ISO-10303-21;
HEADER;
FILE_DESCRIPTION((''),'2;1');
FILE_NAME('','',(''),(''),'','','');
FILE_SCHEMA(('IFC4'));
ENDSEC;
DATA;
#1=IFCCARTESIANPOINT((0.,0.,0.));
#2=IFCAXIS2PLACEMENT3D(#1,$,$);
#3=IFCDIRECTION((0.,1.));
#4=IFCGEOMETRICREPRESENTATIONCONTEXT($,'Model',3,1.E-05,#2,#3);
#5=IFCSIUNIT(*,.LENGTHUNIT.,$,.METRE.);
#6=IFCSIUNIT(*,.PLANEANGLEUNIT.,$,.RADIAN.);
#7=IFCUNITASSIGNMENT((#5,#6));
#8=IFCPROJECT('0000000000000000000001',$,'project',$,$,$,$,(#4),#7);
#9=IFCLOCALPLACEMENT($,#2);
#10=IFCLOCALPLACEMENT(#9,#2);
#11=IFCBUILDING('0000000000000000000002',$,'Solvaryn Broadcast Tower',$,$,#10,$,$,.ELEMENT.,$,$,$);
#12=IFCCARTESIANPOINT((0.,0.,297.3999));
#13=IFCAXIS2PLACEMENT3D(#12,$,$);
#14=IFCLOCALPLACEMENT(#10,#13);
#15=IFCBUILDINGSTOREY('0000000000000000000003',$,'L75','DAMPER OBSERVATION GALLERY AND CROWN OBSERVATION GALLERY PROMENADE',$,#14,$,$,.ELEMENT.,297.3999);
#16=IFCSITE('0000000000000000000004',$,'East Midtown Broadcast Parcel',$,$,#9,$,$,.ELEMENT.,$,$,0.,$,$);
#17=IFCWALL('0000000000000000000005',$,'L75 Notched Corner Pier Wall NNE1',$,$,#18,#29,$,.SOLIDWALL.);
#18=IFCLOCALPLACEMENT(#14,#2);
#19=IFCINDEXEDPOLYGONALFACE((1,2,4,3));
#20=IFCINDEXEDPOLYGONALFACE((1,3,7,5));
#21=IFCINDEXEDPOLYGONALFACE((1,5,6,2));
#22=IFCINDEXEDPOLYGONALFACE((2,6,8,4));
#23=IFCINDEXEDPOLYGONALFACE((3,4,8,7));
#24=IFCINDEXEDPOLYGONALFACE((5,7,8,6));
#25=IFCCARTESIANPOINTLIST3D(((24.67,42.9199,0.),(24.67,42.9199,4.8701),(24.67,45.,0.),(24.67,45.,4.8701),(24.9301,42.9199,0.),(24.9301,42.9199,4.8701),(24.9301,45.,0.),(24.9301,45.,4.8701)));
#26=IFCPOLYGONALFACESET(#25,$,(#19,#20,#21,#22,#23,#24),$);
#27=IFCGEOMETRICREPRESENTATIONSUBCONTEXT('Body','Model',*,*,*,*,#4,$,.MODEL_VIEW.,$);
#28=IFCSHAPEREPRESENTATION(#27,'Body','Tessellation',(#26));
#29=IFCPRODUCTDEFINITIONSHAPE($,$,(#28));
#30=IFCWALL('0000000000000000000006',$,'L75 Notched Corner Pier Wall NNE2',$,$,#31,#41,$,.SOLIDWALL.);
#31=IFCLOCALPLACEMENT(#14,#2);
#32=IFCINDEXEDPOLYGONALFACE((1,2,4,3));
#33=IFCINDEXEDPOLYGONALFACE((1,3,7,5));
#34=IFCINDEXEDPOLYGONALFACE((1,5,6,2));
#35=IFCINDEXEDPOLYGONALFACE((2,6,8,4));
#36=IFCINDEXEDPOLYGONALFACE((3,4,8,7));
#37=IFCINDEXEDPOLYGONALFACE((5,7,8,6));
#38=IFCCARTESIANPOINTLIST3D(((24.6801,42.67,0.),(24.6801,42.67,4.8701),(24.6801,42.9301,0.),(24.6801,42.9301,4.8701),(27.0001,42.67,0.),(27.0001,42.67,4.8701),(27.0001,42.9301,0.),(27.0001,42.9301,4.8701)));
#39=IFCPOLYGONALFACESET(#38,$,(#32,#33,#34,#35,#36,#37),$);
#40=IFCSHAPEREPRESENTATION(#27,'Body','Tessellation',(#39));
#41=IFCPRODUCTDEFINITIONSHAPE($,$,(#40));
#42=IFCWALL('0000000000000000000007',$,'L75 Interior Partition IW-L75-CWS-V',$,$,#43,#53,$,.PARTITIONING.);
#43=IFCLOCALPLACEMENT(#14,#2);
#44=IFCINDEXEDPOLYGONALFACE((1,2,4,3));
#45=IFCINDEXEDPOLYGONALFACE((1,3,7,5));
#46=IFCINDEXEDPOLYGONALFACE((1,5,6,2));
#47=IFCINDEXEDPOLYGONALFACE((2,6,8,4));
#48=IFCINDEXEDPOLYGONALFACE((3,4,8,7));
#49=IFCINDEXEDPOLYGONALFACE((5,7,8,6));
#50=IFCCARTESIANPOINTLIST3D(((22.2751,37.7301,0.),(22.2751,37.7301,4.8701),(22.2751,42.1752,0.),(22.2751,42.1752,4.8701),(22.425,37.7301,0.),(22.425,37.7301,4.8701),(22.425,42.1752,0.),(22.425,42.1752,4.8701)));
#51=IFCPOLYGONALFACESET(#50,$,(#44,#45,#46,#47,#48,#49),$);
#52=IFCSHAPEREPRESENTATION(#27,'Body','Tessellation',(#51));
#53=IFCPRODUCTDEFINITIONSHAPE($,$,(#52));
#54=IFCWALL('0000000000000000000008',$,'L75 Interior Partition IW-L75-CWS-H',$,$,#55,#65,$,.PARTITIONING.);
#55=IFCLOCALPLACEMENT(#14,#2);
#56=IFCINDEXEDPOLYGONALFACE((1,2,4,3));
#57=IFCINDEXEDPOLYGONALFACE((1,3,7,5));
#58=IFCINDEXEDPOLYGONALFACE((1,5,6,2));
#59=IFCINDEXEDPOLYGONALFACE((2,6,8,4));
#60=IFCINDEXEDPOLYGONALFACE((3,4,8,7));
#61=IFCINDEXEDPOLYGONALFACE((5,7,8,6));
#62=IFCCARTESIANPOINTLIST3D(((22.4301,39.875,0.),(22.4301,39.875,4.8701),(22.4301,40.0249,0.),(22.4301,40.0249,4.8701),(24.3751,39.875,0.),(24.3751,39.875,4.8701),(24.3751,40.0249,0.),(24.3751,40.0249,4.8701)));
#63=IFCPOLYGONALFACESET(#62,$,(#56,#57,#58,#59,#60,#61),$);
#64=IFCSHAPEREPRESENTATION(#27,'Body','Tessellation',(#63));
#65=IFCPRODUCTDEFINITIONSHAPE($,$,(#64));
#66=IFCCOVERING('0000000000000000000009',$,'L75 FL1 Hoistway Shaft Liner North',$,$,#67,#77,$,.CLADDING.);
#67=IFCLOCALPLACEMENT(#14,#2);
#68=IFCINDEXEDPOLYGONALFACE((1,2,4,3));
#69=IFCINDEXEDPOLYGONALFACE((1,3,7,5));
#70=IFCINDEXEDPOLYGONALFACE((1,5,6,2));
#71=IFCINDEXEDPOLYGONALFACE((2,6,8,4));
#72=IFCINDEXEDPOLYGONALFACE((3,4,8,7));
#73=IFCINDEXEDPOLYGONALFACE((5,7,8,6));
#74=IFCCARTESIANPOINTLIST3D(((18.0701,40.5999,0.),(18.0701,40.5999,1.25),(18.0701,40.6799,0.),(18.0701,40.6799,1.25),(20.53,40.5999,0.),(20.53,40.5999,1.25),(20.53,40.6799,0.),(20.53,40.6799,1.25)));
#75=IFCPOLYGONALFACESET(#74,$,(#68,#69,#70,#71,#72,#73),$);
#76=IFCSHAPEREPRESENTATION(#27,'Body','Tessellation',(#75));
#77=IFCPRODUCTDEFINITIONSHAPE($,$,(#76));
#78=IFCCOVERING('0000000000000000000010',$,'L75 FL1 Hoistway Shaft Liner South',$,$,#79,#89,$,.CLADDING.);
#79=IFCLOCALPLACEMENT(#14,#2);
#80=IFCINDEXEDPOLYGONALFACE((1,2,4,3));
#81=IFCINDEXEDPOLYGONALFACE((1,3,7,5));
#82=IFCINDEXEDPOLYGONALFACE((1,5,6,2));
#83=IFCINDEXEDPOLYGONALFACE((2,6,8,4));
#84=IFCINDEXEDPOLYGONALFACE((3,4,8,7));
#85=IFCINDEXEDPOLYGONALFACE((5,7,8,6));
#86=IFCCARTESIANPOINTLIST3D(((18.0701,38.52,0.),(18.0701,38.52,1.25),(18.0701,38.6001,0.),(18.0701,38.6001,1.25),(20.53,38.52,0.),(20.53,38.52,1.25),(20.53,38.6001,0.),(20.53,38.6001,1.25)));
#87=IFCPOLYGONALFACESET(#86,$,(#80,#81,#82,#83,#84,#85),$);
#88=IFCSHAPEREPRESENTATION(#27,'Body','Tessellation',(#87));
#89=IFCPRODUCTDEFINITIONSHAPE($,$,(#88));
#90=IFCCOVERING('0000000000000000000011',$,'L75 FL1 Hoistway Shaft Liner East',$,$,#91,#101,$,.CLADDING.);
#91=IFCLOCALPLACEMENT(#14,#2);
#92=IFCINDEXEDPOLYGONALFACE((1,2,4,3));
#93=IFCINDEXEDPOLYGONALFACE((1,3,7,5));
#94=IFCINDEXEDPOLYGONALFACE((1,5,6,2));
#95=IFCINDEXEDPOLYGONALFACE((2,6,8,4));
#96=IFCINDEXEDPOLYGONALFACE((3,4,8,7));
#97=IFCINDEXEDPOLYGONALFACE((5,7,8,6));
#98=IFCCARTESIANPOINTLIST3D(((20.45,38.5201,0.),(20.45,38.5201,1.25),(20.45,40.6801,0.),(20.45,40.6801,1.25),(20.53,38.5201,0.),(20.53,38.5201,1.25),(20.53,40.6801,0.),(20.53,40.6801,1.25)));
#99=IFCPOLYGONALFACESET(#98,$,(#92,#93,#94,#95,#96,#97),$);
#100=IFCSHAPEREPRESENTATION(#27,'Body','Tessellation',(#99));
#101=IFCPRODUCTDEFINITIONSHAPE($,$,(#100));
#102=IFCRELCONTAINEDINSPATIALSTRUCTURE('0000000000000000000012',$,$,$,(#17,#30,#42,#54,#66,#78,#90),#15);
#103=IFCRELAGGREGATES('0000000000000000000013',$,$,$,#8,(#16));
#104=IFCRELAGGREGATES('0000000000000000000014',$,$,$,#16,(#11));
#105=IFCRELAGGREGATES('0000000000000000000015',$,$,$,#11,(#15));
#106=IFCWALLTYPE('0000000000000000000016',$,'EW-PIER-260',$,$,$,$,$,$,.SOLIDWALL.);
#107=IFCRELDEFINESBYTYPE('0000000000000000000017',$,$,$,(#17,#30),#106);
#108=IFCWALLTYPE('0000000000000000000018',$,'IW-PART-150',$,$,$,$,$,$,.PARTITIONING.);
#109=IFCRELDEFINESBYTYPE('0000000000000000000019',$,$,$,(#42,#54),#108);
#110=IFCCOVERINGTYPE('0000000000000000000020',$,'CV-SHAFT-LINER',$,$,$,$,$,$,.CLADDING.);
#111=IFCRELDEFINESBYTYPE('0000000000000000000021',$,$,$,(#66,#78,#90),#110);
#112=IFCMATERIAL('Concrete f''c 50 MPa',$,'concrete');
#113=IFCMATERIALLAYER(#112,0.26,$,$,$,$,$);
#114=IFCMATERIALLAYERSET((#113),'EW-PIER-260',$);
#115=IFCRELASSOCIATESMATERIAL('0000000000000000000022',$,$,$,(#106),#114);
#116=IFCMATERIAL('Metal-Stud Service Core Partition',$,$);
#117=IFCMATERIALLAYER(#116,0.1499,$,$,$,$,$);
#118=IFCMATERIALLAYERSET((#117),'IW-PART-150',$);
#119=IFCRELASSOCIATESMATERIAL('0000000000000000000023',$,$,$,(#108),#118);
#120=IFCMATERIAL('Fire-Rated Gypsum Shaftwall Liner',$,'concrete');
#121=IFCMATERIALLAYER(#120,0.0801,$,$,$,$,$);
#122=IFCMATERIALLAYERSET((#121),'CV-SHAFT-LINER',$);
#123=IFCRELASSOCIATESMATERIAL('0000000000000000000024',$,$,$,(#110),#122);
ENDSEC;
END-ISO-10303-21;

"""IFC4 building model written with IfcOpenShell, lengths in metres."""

from ifc_helpers import new_model, si_unit, direction, frame, frame_2d, origin, origin_2d, place, context, subcontext, project, spatial, rectangle, extrude, material, layer, layer_set, type_object, element, save


model = new_model("IFC4")

# Units and contexts
model_context = context("Model", 3, precision=1e-05, world=origin(), true_north=direction((0.0, 1.0)))
body_context = subcontext(model_context, "Body", "Model", "MODEL_VIEW")
ifc_project = project(units=[si_unit("LENGTHUNIT", "METRE"), si_unit("PLANEANGLEUNIT", "RADIAN")], contexts=[model_context])

# Site, building, storey
site_placement = place(None, origin())
site = spatial("IfcSite", under=ifc_project, at=site_placement, Name="East Midtown Broadcast Parcel", CompositionType="ELEMENT", RefElevation=0.0)
building_placement = place(site_placement, origin())
building = spatial("IfcBuilding", under=site, at=building_placement, Name="Solvaryn Broadcast Tower", CompositionType="ELEMENT")
storey_placement = place(building_placement, frame((0.0, 0.0, 297.3999)))
storey = spatial("IfcBuildingStorey", under=building, at=storey_placement, Name="L75", Description="DAMPER OBSERVATION GALLERY AND CROWN OBSERVATION GALLERY PROMENADE", CompositionType="ELEMENT", Elevation=297.3999)

# Walls
ifc_material_1 = material(Name="Concrete f'c 50 MPa", Category="concrete")
ifc_layer_1 = layer(ifc_material_1, 0.26)
ifc_layer_set_1 = layer_set([ifc_layer_1], Name="EW-PIER-260")
wall_type_1 = type_object("IfcWallType", Name="EW-PIER-260", PredefinedType="SOLIDWALL", material=ifc_layer_set_1)
wall_1_placement = place(storey_placement, frame((24.8, 45.0, 0.0), z_axis=(0.0, 0.0, 1.0), x_axis=(0.0, -1.0, 0.0)))
element("IfcWall", 1, at=wall_1_placement, inside=storey, type_object=wall_type_1, Name="L75 Notched Corner Pier Wall NNE1", PredefinedType="SOLIDWALL", context=body_context, shape_type="SweptSolid", body=[
    extrude(rectangle(XDim=2.0801, YDim=0.26, at=frame_2d((1.04, 0.0))), origin(), (0.0, 0.0, 1.0), 4.8701),
])
wall_2_placement = place(storey_placement, frame((24.6799, 42.8, 0.0), z_axis=(0.0, 0.0, 1.0), x_axis=(1.0, 0.0, 0.0)))
element("IfcWall", 2, at=wall_2_placement, inside=storey, type_object=wall_type_1, Name="L75 Notched Corner Pier Wall NNE2", PredefinedType="SOLIDWALL", context=body_context, shape_type="SweptSolid", body=[
    extrude(rectangle(XDim=2.3201, YDim=0.26, at=frame_2d((1.1602, 0.0))), origin(), (0.0, 0.0, 1.0), 4.8701),
])
ifc_material_2 = material(Name="Metal-Stud Service Core Partition")
ifc_layer_2 = layer(ifc_material_2, 0.1499)
ifc_layer_set_2 = layer_set([ifc_layer_2], Name="IW-PART-150")
wall_type_2 = type_object("IfcWallType", Name="IW-PART-150", PredefinedType="PARTITIONING", material=ifc_layer_set_2)
wall_3_placement = place(storey_placement, frame((22.3501, 37.73, 0.0), z_axis=(0.0, 0.0, 1.0), x_axis=(0.0, 1.0, 0.0)))
element("IfcWall", 3, at=wall_3_placement, inside=storey, type_object=wall_type_2, Name="L75 Interior Partition IW-L75-CWS-V", PredefinedType="PARTITIONING", context=body_context, shape_type="SweptSolid", body=[
    extrude(rectangle(XDim=4.4451, YDim=0.1499, at=frame_2d((2.2227, 0.0))), origin(), (0.0, 0.0, 1.0), 4.8701),
])
wall_4_placement = place(storey_placement, frame((22.4299, 39.95, 0.0), z_axis=(0.0, 0.0, 1.0), x_axis=(1.0, 0.0, 0.0)))
element("IfcWall", 4, at=wall_4_placement, inside=storey, type_object=wall_type_2, Name="L75 Interior Partition IW-L75-CWS-H", PredefinedType="PARTITIONING", context=body_context, shape_type="SweptSolid", body=[
    extrude(rectangle(XDim=1.9451, YDim=0.1499, at=frame_2d((0.9727, 0.0))), origin(), (0.0, 0.0, 1.0), 4.8701),
])

# Coverings
ifc_material_3 = material(Name="Fire-Rated Gypsum Shaftwall Liner", Category="concrete")
ifc_layer_3 = layer(ifc_material_3, 0.0801)
ifc_layer_set_3 = layer_set([ifc_layer_3], Name="CV-SHAFT-LINER")
covering_type = type_object("IfcCoveringType", Name="CV-SHAFT-LINER", PredefinedType="CLADDING", material=ifc_layer_set_3)
for number, where, z_axis, x_axis, name in (
    (5, (19.3, 40.6399, 0.0), (0.0, 0.0, 1.0), (1.0, 0.0, 0.0), "L75 FL1 Hoistway Shaft Liner North"),
    (6, (19.3, 38.5601, 0.0), (0.0, 0.0, 1.0), (1.0, 0.0, 0.0), "L75 FL1 Hoistway Shaft Liner South"),
):
    element("IfcCovering", number, at=place(storey_placement, frame(where, z_axis=z_axis, x_axis=x_axis)), inside=storey, type_object=covering_type, Name=name, PredefinedType="CLADDING", context=body_context, shape_type="SweptSolid", body=[
        extrude(rectangle(XDim=2.46, YDim=0.0801, at=origin_2d()), origin(), (0.0, 0.0, 1.0), 1.25),
    ])
covering_placement = place(storey_placement, frame((20.49, 39.6001, 0.0), z_axis=(0.0, 0.0, 1.0), x_axis=(1.0, 0.0, 0.0)))
element("IfcCovering", 7, at=covering_placement, inside=storey, type_object=covering_type, Name="L75 FL1 Hoistway Shaft Liner East", PredefinedType="CLADDING", context=body_context, shape_type="SweptSolid", body=[
    extrude(rectangle(XDim=0.0801, YDim=2.1599, at=origin_2d()), origin(), (0.0, 0.0, 1.0), 1.25),
])

save(model, "model.ifc")
